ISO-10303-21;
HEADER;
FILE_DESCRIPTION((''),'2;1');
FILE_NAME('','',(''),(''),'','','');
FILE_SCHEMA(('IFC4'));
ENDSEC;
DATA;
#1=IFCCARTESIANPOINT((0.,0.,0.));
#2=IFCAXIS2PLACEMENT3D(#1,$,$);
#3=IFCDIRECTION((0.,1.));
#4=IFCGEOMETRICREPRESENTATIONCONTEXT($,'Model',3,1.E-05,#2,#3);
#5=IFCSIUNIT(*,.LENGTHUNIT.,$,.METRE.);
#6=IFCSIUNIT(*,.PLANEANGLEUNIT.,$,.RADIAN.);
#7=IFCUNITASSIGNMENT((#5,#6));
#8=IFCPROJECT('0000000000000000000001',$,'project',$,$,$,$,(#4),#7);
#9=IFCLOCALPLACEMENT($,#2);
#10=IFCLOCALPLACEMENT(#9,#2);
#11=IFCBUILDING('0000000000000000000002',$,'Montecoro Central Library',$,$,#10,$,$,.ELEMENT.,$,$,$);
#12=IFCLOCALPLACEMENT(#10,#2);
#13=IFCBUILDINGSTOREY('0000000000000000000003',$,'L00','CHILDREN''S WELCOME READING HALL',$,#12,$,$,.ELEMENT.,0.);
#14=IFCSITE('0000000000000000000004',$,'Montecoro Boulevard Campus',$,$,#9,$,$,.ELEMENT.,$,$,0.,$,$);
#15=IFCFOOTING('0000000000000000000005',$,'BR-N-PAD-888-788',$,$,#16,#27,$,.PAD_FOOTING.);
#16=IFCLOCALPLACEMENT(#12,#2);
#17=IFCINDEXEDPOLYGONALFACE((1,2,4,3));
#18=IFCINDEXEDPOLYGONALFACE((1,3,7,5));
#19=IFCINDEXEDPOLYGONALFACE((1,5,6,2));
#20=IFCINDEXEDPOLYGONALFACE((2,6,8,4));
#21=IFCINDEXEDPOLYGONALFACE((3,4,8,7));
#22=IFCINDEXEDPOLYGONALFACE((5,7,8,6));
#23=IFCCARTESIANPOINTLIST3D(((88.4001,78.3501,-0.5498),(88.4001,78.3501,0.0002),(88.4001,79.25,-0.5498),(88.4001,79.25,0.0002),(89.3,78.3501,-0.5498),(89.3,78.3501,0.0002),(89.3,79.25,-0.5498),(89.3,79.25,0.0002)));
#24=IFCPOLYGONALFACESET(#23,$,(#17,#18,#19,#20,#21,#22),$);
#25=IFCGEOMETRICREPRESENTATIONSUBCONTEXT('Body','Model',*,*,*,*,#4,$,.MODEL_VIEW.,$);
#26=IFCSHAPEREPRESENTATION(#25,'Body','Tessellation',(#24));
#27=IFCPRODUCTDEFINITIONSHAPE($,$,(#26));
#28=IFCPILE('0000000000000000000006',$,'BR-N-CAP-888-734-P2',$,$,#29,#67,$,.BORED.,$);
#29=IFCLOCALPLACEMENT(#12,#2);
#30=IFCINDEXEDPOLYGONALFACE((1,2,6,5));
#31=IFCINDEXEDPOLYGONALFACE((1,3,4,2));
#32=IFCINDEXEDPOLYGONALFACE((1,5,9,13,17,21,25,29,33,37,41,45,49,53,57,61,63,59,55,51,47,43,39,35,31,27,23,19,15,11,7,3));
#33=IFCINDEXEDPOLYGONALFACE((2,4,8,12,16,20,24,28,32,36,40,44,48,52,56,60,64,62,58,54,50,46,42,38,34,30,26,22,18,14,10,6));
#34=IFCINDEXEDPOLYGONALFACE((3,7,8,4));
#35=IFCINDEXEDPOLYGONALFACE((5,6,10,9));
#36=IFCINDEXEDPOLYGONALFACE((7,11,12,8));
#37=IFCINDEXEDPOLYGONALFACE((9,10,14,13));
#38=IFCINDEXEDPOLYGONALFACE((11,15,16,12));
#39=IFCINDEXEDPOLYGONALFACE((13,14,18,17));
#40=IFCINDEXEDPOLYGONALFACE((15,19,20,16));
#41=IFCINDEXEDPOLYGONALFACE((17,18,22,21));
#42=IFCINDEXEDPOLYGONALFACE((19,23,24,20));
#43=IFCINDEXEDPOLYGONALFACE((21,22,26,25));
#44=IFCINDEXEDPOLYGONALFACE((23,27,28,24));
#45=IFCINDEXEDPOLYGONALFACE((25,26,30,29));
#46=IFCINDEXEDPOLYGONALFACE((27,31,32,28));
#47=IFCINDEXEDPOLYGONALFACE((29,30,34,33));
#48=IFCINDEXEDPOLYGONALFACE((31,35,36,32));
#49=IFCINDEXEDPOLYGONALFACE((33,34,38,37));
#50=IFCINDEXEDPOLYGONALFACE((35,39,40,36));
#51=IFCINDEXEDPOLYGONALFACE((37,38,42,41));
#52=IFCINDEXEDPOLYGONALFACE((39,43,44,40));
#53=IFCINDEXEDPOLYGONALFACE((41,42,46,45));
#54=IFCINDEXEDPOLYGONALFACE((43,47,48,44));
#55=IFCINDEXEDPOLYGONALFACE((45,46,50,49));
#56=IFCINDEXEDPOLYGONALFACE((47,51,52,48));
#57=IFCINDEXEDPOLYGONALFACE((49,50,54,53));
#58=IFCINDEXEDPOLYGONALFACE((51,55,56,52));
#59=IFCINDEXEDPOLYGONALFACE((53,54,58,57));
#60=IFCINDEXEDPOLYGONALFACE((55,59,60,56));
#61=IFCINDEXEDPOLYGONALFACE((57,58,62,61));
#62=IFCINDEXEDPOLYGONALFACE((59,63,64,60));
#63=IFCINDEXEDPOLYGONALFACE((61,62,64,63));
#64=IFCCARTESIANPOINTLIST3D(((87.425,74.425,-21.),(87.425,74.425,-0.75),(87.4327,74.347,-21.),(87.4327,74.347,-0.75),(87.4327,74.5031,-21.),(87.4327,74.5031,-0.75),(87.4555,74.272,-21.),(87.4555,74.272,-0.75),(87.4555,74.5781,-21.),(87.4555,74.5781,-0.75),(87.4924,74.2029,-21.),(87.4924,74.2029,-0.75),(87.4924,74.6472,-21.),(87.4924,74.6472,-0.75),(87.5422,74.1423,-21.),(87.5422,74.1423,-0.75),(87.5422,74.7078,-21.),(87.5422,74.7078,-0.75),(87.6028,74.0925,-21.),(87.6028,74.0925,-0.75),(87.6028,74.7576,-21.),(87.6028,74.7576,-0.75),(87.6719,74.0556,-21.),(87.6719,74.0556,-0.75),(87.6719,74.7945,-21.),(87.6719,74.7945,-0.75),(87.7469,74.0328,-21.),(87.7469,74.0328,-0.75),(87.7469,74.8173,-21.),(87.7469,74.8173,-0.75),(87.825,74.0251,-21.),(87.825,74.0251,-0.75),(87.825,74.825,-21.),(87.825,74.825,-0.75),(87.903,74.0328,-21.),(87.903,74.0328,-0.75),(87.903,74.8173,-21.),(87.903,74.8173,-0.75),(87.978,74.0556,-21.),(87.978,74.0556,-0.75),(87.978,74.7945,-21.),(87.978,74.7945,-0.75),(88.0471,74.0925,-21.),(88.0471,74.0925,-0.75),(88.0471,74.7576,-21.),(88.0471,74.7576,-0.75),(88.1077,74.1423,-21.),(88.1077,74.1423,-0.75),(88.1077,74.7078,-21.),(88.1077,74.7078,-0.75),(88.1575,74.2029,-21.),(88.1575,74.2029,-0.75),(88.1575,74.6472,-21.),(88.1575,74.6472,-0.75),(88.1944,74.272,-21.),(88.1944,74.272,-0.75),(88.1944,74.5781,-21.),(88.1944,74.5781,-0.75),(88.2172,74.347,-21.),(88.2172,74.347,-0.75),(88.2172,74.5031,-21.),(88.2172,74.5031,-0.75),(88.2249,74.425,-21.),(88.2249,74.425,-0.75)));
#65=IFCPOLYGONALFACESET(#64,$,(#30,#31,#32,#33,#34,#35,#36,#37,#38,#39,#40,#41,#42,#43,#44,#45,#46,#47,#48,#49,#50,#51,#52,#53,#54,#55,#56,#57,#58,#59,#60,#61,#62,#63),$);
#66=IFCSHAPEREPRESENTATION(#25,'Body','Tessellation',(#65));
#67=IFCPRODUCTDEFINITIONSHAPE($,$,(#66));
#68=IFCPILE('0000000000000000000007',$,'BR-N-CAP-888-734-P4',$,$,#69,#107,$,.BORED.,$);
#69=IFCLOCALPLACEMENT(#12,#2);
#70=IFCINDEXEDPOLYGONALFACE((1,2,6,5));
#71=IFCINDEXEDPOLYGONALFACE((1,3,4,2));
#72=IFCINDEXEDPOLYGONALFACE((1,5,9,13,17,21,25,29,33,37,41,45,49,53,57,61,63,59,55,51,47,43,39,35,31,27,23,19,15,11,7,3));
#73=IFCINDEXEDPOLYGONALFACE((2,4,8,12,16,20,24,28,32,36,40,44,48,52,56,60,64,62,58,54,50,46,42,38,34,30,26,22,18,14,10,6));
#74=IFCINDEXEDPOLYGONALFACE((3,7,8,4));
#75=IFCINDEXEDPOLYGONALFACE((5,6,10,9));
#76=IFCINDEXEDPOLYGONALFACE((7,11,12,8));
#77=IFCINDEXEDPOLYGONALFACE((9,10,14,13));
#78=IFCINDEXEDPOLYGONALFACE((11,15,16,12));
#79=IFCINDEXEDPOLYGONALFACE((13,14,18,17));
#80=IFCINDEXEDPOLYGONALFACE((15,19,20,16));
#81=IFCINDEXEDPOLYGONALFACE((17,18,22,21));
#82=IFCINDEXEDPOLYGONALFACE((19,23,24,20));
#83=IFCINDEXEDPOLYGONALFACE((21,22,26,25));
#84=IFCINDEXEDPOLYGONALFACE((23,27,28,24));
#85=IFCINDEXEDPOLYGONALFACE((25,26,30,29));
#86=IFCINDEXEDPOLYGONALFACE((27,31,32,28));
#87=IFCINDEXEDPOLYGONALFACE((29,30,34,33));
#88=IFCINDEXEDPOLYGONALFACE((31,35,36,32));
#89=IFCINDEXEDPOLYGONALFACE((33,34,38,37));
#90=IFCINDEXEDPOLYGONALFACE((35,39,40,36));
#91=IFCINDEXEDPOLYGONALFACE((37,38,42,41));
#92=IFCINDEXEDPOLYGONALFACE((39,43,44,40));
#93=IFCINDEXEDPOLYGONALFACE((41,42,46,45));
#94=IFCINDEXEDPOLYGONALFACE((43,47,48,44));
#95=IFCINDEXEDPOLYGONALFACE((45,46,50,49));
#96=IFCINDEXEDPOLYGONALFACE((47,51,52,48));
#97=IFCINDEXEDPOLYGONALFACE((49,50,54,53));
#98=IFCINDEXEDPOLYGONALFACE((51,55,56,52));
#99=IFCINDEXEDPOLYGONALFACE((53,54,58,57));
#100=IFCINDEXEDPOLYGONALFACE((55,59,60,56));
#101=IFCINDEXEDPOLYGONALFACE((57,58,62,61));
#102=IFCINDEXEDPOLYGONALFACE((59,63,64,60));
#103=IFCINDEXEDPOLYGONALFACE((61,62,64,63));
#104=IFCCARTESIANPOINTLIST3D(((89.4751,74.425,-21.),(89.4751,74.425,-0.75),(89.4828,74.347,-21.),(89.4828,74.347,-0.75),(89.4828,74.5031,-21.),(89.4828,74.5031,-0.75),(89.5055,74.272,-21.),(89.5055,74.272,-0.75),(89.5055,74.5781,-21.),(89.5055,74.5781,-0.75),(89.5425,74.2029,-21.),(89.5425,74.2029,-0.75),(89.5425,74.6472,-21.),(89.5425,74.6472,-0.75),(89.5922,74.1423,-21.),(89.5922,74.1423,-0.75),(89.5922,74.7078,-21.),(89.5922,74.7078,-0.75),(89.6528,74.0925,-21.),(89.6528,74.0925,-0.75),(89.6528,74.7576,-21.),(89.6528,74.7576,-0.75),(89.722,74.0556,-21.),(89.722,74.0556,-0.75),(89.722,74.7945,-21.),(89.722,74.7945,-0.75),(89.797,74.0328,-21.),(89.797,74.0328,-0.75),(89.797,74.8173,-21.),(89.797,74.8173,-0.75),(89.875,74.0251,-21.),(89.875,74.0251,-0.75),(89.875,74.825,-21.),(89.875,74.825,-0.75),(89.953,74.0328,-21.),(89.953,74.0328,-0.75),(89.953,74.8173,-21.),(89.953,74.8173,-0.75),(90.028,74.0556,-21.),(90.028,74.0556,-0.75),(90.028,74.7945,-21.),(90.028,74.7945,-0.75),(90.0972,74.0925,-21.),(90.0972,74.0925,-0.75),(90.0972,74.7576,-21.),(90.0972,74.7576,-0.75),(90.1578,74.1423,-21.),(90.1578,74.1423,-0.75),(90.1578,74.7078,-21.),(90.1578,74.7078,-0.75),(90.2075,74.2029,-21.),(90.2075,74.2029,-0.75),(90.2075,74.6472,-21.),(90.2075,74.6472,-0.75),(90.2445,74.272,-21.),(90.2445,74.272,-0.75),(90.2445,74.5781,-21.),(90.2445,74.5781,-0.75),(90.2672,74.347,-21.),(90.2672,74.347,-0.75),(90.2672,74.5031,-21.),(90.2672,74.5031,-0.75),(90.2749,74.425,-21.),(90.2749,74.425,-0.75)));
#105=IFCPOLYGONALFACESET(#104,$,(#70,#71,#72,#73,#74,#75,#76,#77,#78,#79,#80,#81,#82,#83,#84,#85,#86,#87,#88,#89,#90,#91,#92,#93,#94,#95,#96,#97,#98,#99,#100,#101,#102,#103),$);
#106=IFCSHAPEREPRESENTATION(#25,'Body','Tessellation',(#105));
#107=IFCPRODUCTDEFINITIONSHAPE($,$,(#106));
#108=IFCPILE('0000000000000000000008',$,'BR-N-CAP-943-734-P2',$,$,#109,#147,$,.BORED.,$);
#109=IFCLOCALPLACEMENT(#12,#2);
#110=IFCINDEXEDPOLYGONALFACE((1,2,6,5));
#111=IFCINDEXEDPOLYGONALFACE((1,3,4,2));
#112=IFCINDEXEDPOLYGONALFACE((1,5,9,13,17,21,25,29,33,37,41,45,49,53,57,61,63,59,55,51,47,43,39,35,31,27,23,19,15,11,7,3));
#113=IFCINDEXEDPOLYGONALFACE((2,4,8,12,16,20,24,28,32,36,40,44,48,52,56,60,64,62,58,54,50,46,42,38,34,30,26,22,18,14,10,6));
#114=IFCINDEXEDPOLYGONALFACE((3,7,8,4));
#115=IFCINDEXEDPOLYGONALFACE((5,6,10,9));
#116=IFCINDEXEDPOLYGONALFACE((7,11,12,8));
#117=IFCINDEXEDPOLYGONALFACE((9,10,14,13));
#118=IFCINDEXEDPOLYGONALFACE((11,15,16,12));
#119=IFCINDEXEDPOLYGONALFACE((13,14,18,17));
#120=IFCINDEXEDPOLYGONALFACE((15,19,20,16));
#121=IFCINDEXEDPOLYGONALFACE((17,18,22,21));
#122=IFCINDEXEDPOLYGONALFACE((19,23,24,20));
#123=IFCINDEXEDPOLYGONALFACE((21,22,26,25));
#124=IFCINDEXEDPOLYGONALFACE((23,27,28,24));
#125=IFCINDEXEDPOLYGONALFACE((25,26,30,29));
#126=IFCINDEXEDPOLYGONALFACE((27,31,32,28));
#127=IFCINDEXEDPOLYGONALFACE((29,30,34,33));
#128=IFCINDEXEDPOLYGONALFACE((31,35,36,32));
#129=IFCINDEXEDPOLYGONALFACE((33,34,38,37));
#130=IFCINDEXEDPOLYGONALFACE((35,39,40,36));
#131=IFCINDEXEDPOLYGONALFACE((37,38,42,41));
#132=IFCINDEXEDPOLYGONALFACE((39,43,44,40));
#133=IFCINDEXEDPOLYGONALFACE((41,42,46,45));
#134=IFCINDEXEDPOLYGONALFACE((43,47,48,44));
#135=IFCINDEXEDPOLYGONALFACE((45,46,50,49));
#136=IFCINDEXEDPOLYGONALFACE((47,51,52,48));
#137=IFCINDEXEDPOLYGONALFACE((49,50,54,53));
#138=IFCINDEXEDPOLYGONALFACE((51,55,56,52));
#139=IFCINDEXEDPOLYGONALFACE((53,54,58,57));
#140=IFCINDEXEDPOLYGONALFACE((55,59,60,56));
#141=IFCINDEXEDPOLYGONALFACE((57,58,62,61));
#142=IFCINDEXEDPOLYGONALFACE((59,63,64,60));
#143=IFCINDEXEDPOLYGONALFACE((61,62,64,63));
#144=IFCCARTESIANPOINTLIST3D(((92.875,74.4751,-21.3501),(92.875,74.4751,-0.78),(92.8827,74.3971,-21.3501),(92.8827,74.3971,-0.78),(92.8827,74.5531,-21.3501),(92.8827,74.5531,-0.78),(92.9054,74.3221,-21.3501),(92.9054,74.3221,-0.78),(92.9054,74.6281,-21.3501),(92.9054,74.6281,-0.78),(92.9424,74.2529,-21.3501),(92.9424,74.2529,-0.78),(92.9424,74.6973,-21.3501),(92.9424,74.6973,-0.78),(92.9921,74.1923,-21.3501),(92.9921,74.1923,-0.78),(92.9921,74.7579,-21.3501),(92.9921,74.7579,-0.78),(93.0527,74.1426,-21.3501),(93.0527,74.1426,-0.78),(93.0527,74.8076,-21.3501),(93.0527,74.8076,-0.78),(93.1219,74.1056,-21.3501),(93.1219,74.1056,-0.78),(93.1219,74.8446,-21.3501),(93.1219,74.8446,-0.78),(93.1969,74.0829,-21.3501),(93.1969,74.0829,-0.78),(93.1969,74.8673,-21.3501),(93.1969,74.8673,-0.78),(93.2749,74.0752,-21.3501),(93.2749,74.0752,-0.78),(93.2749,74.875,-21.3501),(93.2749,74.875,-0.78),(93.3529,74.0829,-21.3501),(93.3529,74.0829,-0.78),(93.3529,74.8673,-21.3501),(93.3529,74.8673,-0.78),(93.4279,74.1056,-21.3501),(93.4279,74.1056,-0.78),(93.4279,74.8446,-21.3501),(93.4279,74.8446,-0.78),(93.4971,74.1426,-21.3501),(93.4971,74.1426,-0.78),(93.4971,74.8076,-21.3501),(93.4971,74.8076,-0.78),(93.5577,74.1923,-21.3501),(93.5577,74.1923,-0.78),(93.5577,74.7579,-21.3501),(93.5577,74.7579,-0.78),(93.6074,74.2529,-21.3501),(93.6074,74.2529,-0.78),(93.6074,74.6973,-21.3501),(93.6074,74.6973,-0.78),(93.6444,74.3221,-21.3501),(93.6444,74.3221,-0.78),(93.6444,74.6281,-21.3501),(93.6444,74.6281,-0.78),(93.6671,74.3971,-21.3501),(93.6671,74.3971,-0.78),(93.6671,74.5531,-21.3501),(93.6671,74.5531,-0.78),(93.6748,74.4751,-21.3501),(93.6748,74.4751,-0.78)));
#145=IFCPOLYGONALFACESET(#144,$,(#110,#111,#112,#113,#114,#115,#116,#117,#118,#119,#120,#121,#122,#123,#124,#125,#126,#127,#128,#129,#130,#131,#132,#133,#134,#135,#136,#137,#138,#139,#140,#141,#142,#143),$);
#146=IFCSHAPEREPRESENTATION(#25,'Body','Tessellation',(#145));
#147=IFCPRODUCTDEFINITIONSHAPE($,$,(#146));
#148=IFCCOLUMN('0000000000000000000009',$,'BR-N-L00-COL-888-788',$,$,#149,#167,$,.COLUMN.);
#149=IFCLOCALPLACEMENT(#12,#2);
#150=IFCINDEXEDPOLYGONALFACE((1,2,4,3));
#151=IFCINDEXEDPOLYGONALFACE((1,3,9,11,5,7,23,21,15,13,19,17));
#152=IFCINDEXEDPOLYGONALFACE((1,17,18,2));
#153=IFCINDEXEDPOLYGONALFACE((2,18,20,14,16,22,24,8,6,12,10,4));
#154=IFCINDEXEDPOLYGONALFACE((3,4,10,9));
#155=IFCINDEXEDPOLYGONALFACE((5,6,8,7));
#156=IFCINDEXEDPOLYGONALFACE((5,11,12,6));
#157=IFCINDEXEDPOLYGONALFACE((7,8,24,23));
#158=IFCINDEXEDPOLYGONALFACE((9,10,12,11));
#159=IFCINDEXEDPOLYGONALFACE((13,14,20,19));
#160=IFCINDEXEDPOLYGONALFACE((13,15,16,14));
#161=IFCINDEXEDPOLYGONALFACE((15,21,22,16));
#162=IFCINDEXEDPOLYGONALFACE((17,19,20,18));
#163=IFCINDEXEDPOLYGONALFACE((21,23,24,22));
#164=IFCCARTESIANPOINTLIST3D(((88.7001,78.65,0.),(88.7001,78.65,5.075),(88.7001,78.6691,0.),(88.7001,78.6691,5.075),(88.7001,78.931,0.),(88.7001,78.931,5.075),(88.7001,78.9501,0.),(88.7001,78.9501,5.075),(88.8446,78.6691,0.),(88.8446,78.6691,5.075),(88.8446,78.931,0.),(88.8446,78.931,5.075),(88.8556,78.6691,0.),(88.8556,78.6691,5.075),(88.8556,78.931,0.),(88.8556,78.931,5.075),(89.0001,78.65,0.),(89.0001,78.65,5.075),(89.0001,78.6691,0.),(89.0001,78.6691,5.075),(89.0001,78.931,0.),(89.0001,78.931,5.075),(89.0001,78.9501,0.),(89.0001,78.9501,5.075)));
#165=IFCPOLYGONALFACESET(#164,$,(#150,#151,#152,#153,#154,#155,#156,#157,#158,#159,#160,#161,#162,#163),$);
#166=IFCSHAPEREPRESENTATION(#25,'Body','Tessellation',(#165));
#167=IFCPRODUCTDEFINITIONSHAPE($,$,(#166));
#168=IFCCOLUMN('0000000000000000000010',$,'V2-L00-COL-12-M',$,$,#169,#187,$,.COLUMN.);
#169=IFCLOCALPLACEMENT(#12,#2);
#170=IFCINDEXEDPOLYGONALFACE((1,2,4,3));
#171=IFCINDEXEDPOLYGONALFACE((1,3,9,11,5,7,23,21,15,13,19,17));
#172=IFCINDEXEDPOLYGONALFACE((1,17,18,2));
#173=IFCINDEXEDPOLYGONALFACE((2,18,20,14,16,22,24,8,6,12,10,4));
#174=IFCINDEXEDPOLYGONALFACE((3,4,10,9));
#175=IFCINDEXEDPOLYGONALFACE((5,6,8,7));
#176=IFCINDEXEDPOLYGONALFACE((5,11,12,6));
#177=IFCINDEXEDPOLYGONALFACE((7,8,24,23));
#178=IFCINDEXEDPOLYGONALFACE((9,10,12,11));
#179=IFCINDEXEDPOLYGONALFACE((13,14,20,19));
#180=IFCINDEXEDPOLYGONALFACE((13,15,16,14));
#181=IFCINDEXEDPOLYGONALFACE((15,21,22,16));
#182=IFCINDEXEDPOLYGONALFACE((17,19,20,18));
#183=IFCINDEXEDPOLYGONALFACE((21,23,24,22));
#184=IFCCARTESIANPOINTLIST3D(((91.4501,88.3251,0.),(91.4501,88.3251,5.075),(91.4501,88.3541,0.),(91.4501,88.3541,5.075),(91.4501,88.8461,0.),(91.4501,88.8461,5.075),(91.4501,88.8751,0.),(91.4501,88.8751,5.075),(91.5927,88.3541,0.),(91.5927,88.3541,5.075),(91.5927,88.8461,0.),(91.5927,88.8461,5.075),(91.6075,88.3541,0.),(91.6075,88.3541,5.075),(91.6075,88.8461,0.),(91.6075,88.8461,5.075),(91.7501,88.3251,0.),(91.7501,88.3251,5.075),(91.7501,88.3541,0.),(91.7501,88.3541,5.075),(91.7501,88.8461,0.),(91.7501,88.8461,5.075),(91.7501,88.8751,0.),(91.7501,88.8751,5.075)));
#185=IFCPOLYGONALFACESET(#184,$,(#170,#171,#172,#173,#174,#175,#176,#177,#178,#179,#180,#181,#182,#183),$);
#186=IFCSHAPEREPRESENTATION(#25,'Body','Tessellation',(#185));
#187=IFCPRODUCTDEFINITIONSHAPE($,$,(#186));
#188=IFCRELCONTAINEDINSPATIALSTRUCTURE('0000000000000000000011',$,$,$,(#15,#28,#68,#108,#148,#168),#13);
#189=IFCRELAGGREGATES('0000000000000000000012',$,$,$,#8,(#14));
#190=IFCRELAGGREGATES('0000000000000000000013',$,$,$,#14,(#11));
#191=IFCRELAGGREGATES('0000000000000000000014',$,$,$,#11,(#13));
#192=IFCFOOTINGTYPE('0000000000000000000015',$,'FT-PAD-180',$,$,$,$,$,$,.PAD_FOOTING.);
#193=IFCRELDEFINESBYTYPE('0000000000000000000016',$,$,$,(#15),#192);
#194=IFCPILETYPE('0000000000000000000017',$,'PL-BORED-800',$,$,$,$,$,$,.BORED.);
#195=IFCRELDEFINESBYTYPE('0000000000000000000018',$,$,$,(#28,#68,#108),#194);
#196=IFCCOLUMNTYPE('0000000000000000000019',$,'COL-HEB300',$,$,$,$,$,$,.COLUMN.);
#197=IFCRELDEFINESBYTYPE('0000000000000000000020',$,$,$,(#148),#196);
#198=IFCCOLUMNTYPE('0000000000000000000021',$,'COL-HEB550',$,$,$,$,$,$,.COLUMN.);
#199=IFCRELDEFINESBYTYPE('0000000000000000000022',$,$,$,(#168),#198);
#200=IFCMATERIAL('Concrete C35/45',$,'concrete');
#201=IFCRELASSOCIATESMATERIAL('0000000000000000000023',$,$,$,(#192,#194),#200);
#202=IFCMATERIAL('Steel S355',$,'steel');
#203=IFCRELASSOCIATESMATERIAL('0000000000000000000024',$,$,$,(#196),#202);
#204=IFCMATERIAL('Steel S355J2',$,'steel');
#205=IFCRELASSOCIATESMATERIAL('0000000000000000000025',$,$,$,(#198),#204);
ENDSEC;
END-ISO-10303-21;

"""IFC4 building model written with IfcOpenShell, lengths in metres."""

from ifc_helpers import new_model, si_unit, direction, frame, origin, origin_2d, place, context, subcontext, project, spatial, rectangle, circle, i_section, extrude, material, material_profile, profile_set, type_object, element, save


model = new_model("IFC4")

# Units and contexts
model_context = context("Model", 3, precision=1e-05, world=origin(), true_north=direction((0.0, 1.0)))
body_context = subcontext(model_context, "Body", "Model", "MODEL_VIEW")
ifc_project = project(units=[si_unit("LENGTHUNIT", "METRE"), si_unit("PLANEANGLEUNIT", "RADIAN")], contexts=[model_context])

# Site, building, storey
site_placement = place(None, origin())
site = spatial("IfcSite", under=ifc_project, at=site_placement, Name="Montecoro Boulevard Campus", CompositionType="ELEMENT", RefElevation=0.0)
building_placement = place(site_placement, origin())
building = spatial("IfcBuilding", under=site, at=building_placement, Name="Montecoro Central Library", CompositionType="ELEMENT")
storey_placement = place(building_placement, origin())
storey = spatial("IfcBuildingStorey", under=building, at=storey_placement, Name="L00", Description="CHILDREN'S WELCOME READING HALL", CompositionType="ELEMENT", Elevation=0.0)

# Footing
ifc_material_1 = material(Name="Concrete C35/45", Category="concrete")
footing_type = type_object("IfcFootingType", Name="FT-PAD-180", PredefinedType="PAD_FOOTING", material=ifc_material_1)
footing_placement = place(storey_placement, frame((88.8501, 78.8, -0.5498), z_axis=(0.0, 0.0, 1.0), x_axis=(1.0, 0.0, 0.0)))
element("IfcFooting", 1, at=footing_placement, inside=storey, type_object=footing_type, Name="BR-N-PAD-888-788", PredefinedType="PAD_FOOTING", context=body_context, shape_type="SweptSolid", body=[
    extrude(rectangle(XDim=0.8999, YDim=0.8999, at=origin_2d()), origin(), (0.0, 0.0, 1.0), 0.55),
])

# Piles
ifc_material_profile_1 = material_profile(ifc_material_1, circle(Radius=0.3999, at=origin_2d()), Name="PILE D800")
ifc_profile_set_1 = profile_set([ifc_material_profile_1], Name="Concrete C35/45")
pile_type = type_object("IfcPileType", Name="PL-BORED-800", PredefinedType="BORED", material=ifc_profile_set_1)
for number, where, z_axis, x_axis, name in (
    (2, (87.825, 74.425, -0.75), (0.0, 0.0, -1.0), (1.0, 0.0, 0.0), "BR-N-CAP-888-734-P2"),
    (3, (89.875, 74.425, -0.75), (0.0, 0.0, -1.0), (1.0, 0.0, 0.0), "BR-N-CAP-888-734-P4"),
):
    element("IfcPile", number, at=place(storey_placement, frame(where, z_axis=z_axis, x_axis=x_axis)), inside=storey, type_object=pile_type, Name=name, PredefinedType="BORED", context=body_context, shape_type="SweptSolid", body=[
        extrude(circle(Radius=0.3999, at=origin_2d()), origin(), (0.0, 0.0, 1.0), 20.25),
    ])
pile_placement = place(storey_placement, frame((93.2749, 74.4751, -0.78), z_axis=(0.0, 0.0, -1.0), x_axis=(1.0, 0.0, 0.0)))
element("IfcPile", 4, at=pile_placement, inside=storey, type_object=pile_type, Name="BR-N-CAP-943-734-P2", PredefinedType="BORED", context=body_context, shape_type="SweptSolid", body=[
    extrude(circle(Radius=0.3999, at=origin_2d()), origin(), (0.0, 0.0, 1.0), 20.5701),
])

# Columns
ifc_material_2 = material(Name="Steel S355", Category="steel")
ifc_material_profile_2 = material_profile(ifc_material_2, i_section(OverallWidth=0.3, OverallDepth=0.3, WebThickness=0.011, FlangeThickness=0.019, at=origin_2d()), Name="HEB 300")
ifc_profile_set_2 = profile_set([ifc_material_profile_2], Name="Steel S355")
column_type_1 = type_object("IfcColumnType", Name="COL-HEB300", PredefinedType="COLUMN", material=ifc_profile_set_2)
column_1_placement = place(storey_placement, frame((88.8501, 78.8, 0.0), z_axis=(0.0, 0.0, 1.0), x_axis=(1.0, 0.0, 0.0)))
element("IfcColumn", 5, at=column_1_placement, inside=storey, type_object=column_type_1, Name="BR-N-L00-COL-888-788", PredefinedType="COLUMN", context=body_context, shape_type="SweptSolid", body=[
    extrude(i_section(OverallWidth=0.3, OverallDepth=0.3, WebThickness=0.011, FlangeThickness=0.019, at=origin_2d()), origin(), (0.0, 0.0, 1.0), 5.075),
])
ifc_material_3 = material(Name="Steel S355J2", Category="steel")
ifc_material_profile_3 = material_profile(ifc_material_3, i_section(OverallWidth=0.3, OverallDepth=0.55, WebThickness=0.0149, FlangeThickness=0.0291, at=origin_2d()), Name="HEB 550")
ifc_profile_set_3 = profile_set([ifc_material_profile_3], Name="Steel S355J2")
column_type_2 = type_object("IfcColumnType", Name="COL-HEB550", PredefinedType="COLUMN", material=ifc_profile_set_3)
column_2_placement = place(storey_placement, frame((91.6001, 88.6001, 0.0), z_axis=(0.0, 0.0, 1.0), x_axis=(1.0, 0.0, 0.0)))
element("IfcColumn", 6, at=column_2_placement, inside=storey, type_object=column_type_2, Name="V2-L00-COL-12-M", PredefinedType="COLUMN", context=body_context, shape_type="SweptSolid", body=[
    extrude(i_section(OverallWidth=0.3, OverallDepth=0.55, WebThickness=0.0149, FlangeThickness=0.0291, at=origin_2d()), origin(), (0.0, 0.0, 1.0), 5.075),
])

save(model, "model.ifc")
